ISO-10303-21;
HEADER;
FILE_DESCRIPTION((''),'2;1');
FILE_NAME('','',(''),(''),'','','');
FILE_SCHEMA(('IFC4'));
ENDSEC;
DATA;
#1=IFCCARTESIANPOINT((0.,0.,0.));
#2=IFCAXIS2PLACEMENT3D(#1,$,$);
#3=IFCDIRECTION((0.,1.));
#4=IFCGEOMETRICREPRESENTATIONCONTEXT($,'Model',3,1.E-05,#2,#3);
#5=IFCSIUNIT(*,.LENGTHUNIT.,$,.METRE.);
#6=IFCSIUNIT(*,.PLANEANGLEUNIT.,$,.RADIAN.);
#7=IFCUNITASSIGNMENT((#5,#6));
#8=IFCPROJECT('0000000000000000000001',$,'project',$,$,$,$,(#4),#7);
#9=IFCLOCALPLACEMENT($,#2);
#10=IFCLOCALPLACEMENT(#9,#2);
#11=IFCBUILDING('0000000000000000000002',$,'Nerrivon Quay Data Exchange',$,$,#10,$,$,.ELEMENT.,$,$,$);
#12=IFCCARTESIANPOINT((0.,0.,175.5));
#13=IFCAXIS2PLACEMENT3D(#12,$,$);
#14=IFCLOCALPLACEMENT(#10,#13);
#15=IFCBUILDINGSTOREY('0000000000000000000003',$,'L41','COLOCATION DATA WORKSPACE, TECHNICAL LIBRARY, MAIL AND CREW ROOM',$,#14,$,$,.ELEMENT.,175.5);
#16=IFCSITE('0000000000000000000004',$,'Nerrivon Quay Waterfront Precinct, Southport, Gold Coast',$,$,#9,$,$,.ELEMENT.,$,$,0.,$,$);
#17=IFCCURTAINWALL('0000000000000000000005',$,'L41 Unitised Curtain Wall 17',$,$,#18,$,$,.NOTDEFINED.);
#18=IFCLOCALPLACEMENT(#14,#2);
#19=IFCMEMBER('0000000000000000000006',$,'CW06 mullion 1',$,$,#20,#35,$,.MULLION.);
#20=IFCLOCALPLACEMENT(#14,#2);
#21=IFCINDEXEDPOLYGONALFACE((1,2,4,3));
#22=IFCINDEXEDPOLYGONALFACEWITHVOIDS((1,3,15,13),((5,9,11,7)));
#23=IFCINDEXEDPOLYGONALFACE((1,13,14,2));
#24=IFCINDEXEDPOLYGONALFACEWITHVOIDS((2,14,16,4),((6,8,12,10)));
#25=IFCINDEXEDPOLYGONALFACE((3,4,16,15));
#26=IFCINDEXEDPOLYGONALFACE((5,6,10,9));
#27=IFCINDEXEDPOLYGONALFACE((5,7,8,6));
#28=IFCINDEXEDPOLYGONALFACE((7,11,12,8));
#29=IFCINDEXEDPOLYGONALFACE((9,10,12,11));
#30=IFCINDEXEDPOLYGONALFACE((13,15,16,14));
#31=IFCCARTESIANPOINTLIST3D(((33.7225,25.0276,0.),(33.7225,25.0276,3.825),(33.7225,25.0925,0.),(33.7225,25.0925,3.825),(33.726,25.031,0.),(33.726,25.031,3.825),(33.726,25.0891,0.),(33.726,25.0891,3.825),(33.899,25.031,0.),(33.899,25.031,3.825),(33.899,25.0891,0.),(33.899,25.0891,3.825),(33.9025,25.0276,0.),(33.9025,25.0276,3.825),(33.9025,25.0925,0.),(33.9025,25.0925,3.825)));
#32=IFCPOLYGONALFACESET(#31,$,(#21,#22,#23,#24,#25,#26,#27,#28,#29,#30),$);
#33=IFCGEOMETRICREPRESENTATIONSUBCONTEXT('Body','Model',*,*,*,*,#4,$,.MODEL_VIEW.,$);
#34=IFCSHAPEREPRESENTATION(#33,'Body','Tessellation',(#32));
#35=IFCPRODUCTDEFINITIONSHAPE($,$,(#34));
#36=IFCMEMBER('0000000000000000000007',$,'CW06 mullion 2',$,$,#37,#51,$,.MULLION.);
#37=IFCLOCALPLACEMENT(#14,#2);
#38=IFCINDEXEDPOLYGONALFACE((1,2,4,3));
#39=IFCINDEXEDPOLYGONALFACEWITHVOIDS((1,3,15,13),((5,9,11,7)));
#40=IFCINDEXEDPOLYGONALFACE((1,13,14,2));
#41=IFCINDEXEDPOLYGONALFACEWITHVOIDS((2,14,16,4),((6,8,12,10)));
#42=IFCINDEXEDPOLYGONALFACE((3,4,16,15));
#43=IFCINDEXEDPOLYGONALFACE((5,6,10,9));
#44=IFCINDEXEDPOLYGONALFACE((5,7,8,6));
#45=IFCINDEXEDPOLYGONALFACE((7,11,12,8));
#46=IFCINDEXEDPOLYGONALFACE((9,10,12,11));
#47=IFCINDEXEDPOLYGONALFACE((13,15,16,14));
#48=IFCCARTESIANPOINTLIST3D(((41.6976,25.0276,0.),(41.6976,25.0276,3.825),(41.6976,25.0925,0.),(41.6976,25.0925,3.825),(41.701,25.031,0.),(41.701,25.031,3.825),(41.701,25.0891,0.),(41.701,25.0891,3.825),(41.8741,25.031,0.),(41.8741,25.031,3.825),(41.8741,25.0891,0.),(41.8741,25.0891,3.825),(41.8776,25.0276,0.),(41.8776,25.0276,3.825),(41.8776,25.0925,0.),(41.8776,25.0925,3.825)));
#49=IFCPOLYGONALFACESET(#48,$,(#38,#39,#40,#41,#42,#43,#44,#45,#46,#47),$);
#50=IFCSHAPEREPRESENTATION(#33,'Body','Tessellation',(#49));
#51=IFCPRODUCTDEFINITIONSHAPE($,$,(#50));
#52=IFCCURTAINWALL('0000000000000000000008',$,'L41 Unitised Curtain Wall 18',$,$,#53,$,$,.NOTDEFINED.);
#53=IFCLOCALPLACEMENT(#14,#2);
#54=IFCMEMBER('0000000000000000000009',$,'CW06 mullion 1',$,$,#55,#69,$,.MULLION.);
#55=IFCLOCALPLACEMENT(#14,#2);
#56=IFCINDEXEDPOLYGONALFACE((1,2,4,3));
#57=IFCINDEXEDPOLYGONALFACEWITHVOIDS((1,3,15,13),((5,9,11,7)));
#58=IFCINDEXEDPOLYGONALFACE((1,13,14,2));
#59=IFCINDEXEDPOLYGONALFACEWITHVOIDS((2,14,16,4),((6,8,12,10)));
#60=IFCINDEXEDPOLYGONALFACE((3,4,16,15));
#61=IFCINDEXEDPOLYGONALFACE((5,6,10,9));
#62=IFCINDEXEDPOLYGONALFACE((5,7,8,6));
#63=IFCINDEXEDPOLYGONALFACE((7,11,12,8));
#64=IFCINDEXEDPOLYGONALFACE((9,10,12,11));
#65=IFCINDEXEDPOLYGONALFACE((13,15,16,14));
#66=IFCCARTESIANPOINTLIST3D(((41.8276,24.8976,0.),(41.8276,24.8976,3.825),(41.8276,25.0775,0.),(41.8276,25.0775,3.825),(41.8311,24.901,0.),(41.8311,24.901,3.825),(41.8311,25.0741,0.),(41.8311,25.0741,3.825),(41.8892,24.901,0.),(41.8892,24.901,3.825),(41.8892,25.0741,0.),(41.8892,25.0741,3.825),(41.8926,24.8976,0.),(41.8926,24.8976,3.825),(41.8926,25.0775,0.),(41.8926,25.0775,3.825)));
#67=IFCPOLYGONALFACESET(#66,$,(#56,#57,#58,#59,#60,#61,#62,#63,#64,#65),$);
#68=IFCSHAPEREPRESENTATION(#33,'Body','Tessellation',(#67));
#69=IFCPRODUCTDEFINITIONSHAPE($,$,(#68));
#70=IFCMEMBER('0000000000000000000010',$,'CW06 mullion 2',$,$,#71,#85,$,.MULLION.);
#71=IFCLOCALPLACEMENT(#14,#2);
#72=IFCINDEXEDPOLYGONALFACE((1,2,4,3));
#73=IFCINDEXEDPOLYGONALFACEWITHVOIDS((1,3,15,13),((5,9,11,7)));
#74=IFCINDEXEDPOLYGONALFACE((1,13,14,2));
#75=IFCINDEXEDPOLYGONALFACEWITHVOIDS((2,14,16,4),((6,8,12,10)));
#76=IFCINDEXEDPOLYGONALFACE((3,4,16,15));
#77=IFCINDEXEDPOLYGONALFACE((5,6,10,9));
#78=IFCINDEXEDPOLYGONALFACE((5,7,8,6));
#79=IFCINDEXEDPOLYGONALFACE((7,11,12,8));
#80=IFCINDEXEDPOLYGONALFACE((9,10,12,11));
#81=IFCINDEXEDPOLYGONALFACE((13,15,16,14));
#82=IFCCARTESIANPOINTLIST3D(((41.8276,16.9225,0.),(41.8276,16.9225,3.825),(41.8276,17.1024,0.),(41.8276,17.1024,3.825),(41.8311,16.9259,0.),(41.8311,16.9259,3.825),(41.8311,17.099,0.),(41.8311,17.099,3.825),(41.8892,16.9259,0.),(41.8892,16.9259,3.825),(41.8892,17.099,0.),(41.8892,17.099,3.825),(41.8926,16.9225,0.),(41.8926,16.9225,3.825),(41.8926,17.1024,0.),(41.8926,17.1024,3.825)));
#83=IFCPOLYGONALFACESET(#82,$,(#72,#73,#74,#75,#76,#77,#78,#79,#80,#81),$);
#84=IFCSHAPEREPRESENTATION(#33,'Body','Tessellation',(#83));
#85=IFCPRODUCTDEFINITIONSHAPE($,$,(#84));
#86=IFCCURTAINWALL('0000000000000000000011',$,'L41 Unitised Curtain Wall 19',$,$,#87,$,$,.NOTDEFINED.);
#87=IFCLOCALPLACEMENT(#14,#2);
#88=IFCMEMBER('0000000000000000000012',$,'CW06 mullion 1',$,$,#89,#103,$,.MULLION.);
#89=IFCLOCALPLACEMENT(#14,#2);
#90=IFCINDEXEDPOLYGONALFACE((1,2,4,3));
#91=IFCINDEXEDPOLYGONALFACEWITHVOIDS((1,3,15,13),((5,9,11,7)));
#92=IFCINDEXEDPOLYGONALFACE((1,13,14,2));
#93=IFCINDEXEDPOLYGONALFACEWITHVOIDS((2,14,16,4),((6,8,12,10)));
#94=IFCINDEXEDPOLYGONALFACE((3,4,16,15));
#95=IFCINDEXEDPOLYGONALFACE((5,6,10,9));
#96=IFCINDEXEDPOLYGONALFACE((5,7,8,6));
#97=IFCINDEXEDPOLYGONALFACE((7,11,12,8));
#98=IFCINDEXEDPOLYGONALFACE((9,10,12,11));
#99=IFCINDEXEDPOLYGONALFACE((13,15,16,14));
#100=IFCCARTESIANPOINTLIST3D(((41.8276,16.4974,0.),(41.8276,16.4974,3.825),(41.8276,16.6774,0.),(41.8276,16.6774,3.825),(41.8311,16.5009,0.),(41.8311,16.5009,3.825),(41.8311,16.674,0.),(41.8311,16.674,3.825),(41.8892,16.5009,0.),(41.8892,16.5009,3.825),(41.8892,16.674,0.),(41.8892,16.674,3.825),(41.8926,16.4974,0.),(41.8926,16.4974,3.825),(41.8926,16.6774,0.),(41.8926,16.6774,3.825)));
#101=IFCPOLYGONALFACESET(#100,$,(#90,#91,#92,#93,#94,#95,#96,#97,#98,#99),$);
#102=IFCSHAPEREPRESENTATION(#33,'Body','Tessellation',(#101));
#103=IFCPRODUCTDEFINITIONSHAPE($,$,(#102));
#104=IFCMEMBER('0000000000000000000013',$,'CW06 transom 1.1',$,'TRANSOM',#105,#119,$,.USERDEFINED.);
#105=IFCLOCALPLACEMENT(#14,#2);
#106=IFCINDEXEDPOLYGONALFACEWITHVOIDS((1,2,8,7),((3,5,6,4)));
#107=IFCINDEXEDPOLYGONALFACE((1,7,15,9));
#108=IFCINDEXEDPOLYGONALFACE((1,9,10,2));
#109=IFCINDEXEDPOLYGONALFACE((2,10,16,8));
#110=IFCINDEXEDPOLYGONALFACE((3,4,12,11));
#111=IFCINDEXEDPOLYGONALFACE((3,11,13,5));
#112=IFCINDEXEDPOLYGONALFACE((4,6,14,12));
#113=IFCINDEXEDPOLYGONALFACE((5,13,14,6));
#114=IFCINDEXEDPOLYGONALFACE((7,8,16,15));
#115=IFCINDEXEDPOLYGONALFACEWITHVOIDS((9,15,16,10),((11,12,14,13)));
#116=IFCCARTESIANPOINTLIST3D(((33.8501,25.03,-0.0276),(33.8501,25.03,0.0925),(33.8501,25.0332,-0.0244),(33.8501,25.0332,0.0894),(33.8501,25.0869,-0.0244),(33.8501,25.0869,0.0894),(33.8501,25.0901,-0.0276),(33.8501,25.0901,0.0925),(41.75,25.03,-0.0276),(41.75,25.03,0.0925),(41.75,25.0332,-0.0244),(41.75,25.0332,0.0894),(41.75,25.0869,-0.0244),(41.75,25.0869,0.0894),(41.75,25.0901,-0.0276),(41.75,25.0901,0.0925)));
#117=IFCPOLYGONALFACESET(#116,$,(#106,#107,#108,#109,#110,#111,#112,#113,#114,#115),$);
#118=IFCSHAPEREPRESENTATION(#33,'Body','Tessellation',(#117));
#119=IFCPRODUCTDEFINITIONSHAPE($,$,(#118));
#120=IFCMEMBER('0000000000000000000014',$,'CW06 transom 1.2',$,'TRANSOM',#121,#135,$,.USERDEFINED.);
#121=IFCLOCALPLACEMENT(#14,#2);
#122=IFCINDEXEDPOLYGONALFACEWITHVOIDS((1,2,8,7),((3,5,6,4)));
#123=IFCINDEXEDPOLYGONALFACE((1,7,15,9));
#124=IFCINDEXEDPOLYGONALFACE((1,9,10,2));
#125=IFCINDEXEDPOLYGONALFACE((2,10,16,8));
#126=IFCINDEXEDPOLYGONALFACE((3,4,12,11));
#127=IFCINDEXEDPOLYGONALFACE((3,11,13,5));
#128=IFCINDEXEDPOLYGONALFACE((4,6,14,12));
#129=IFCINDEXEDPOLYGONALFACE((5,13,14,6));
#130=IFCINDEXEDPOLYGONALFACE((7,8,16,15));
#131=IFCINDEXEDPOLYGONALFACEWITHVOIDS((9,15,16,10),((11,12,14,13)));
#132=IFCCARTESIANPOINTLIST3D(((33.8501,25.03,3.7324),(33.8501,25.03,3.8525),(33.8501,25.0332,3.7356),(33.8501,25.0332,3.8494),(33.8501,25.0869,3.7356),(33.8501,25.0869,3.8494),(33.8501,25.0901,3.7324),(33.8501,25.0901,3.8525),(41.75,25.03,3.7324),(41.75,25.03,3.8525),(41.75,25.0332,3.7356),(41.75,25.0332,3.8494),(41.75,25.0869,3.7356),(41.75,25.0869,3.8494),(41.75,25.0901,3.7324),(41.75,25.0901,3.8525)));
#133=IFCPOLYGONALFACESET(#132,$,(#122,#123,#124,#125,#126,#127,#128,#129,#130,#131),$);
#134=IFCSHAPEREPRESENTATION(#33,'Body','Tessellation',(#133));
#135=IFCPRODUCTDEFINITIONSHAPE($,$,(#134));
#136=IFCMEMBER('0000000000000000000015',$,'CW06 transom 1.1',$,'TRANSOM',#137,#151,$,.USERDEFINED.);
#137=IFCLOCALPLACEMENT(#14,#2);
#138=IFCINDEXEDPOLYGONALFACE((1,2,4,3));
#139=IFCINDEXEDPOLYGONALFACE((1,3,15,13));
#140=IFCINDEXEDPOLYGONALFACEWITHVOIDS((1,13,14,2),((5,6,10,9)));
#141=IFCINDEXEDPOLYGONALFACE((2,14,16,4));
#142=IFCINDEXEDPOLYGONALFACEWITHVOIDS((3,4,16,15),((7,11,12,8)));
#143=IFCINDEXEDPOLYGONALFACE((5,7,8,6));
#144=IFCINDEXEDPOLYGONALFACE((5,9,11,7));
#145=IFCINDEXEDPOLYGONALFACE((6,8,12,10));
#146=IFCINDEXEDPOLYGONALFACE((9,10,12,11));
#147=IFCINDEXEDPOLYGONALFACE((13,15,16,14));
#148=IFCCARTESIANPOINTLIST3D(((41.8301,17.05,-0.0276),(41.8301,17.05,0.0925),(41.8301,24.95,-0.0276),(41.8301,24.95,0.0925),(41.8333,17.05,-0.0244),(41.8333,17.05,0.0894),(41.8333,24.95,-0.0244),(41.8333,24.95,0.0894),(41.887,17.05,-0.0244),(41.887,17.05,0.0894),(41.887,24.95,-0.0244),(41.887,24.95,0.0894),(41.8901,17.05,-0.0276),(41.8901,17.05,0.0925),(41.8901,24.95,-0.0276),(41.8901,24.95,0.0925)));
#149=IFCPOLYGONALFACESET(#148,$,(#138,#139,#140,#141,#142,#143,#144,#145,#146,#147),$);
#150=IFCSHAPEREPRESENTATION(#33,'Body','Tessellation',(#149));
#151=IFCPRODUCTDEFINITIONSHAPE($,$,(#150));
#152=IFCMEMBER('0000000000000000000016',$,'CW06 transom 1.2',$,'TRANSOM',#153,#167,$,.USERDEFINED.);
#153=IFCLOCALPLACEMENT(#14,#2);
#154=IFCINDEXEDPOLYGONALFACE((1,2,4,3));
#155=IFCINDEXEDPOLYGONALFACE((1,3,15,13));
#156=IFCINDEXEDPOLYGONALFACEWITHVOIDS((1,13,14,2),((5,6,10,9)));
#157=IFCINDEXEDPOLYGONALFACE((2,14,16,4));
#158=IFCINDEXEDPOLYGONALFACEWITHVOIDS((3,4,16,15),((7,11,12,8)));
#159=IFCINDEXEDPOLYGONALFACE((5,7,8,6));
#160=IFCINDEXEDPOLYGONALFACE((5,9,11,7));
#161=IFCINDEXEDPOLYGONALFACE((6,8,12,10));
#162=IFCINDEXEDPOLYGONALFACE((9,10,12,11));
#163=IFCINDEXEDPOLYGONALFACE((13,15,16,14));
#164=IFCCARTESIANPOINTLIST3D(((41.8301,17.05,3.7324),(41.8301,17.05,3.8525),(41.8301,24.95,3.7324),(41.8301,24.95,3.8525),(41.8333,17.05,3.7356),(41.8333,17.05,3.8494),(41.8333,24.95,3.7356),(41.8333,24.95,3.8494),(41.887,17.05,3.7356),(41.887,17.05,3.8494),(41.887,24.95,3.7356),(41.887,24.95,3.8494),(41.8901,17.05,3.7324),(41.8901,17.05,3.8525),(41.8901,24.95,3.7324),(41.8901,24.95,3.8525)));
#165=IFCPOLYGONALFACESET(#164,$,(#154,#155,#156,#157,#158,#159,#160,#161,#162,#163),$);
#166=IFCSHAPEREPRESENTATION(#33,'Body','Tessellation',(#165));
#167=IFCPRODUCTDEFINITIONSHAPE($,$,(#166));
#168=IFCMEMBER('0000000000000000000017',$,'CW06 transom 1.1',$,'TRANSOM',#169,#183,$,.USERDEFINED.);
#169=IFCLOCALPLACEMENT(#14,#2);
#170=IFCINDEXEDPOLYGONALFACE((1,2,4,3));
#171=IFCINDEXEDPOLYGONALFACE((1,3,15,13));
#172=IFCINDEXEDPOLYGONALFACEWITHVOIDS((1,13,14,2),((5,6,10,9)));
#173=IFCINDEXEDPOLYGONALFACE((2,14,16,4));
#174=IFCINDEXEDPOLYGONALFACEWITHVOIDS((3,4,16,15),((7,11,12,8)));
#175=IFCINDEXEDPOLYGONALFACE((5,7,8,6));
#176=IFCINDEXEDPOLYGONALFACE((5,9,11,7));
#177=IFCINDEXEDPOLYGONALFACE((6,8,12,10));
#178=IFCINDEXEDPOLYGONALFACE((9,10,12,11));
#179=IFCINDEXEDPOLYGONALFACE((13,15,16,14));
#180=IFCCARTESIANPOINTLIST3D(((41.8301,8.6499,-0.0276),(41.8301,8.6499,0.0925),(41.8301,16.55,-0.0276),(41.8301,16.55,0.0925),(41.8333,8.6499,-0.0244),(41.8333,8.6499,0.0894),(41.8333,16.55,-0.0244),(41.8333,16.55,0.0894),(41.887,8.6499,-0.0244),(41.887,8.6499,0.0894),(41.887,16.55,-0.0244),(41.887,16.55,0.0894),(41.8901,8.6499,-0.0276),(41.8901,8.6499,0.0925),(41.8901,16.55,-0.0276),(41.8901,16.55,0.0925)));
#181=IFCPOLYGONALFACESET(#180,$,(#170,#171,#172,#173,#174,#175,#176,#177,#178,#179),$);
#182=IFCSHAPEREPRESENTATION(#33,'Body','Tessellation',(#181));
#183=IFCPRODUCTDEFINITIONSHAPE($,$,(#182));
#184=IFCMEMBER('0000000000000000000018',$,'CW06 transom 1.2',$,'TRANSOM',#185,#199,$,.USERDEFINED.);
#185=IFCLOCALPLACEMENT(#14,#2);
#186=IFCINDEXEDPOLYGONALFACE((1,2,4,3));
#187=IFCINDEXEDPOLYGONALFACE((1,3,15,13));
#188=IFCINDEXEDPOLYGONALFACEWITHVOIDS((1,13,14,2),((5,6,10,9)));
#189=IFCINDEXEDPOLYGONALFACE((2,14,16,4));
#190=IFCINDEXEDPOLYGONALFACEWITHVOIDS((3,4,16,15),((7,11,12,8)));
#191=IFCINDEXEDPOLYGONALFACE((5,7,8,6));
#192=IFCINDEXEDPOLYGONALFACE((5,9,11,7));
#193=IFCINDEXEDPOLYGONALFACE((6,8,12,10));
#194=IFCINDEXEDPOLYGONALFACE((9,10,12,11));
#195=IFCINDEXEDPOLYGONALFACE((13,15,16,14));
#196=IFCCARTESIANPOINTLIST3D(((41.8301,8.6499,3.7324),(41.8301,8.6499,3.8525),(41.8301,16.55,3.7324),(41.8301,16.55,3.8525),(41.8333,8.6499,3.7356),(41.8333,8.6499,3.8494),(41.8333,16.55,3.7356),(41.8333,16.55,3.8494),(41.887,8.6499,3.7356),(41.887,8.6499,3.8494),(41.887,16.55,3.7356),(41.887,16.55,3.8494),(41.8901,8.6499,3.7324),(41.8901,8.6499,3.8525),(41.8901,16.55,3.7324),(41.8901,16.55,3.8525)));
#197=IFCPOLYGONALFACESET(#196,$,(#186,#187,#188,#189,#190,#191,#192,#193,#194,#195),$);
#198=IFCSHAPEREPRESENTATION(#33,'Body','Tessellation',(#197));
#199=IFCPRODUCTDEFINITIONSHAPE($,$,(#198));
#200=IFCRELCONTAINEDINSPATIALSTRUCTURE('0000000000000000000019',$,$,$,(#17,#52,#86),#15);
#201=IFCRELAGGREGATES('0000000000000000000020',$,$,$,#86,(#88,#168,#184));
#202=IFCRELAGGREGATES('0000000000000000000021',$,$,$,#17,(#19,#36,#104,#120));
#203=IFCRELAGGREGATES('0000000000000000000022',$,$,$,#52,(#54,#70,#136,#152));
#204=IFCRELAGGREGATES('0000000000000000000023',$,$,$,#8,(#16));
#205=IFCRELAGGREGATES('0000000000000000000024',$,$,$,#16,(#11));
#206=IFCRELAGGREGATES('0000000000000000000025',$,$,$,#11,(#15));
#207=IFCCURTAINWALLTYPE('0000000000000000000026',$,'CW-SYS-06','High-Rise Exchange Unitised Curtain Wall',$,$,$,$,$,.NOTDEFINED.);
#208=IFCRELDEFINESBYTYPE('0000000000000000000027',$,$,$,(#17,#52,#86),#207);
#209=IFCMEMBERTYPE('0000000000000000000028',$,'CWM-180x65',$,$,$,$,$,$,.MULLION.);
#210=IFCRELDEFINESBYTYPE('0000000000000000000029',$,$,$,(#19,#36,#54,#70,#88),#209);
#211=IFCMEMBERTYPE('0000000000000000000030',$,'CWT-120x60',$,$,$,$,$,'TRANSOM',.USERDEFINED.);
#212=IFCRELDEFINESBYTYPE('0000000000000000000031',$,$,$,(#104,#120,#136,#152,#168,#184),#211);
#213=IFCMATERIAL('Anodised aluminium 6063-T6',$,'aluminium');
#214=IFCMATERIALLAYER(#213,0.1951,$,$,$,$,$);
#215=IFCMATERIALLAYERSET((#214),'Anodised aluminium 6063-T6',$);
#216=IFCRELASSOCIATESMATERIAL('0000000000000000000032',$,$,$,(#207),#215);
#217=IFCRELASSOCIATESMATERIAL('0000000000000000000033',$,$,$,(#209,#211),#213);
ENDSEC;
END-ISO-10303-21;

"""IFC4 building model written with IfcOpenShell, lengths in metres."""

from ifc_helpers import new_model, si_unit, direction, frame, origin, origin_2d, place, context, subcontext, project, spatial, hollow_rectangle, extrude, material, layer, layer_set, material_profile, profile_set, type_object, element, aggregate, save


model = new_model("IFC4")

# Units and contexts
model_context = context("Model", 3, precision=1e-05, world=origin(), true_north=direction((0.0, 1.0)))
body_context = subcontext(model_context, "Body", "Model", "MODEL_VIEW")
ifc_project = project(units=[si_unit("LENGTHUNIT", "METRE"), si_unit("PLANEANGLEUNIT", "RADIAN")], contexts=[model_context])

# Site, building, storey
site_placement = place(None, origin())
site = spatial("IfcSite", under=ifc_project, at=site_placement, Name="Nerrivon Quay Waterfront Precinct, Southport, Gold Coast", CompositionType="ELEMENT", RefElevation=0.0)
building_placement = place(site_placement, origin())
building = spatial("IfcBuilding", under=site, at=building_placement, Name="Nerrivon Quay Data Exchange", CompositionType="ELEMENT")
storey_placement = place(building_placement, frame((0.0, 0.0, 175.5)))
storey = spatial("IfcBuildingStorey", under=building, at=storey_placement, Name="L41", Description="COLOCATION DATA WORKSPACE, TECHNICAL LIBRARY, MAIL AND CREW ROOM", CompositionType="ELEMENT", Elevation=175.5)

# Curtain walls, members
ifc_material_1 = material(Name="Anodised aluminium 6063-T6", Category="aluminium")
ifc_layer_1 = layer(ifc_material_1, 0.1951)
ifc_layer_set_1 = layer_set([ifc_layer_1], Name="Anodised aluminium 6063-T6")
curtain_wall_type = type_object("IfcCurtainWallType", Name="CW-SYS-06", Description="High-Rise Exchange Unitised Curtain Wall", PredefinedType="NOTDEFINED", material=ifc_layer_set_1)
curtain_wall_1_placement = place(storey_placement, origin())
curtain_wall_1 = element("IfcCurtainWall", 1, at=curtain_wall_1_placement, inside=storey, type_object=curtain_wall_type, Name="L41 Unitised Curtain Wall 17", PredefinedType="NOTDEFINED")
ifc_material_profile_1 = material_profile(ifc_material_1, hollow_rectangle(XDim=0.0649, YDim=0.1799, WallThickness=0.0034, at=origin_2d()), Name="ALU-MULL-180x65")
ifc_profile_set_1 = profile_set([ifc_material_profile_1], Name="Anodised aluminium 6063-T6")
member_type_1 = type_object("IfcMemberType", Name="CWM-180x65", PredefinedType="MULLION", material=ifc_profile_set_1)
member_1_placement = place(storey_placement, frame((33.8125, 25.0601, 0.0), z_axis=(0.0, 0.0, 1.0), x_axis=(0.0, 1.0, 0.0)))
member_1 = element("IfcMember", 2, at=member_1_placement, type_object=member_type_1, Name="CW06 mullion 1", PredefinedType="MULLION", context=body_context, shape_type="SweptSolid", body=[
    extrude(hollow_rectangle(XDim=0.0649, YDim=0.1799, WallThickness=0.0034, at=origin_2d()), origin(), (0.0, 0.0, 1.0), 3.825),
])
member_2_placement = place(storey_placement, frame((41.7876, 25.0601, 0.0), z_axis=(0.0, 0.0, 1.0), x_axis=(0.0, 1.0, 0.0)))
member_2 = element("IfcMember", 3, at=member_2_placement, type_object=member_type_1, Name="CW06 mullion 2", PredefinedType="MULLION", context=body_context, shape_type="SweptSolid", body=[
    extrude(hollow_rectangle(XDim=0.0649, YDim=0.1799, WallThickness=0.0034, at=origin_2d()), origin(), (0.0, 0.0, 1.0), 3.825),
])
curtain_wall_2_placement = place(storey_placement, origin())
curtain_wall_2 = element("IfcCurtainWall", 4, at=curtain_wall_2_placement, inside=storey, type_object=curtain_wall_type, Name="L41 Unitised Curtain Wall 18", PredefinedType="NOTDEFINED")
member_3_placement = place(storey_placement, frame((41.8601, 24.9875, 0.0), z_axis=(0.0, 0.0, 1.0), x_axis=(1.0, 0.0, 0.0)))
member_3 = element("IfcMember", 5, at=member_3_placement, type_object=member_type_1, Name="CW06 mullion 1", PredefinedType="MULLION", context=body_context, shape_type="SweptSolid", body=[
    extrude(hollow_rectangle(XDim=0.0649, YDim=0.1799, WallThickness=0.0034, at=origin_2d()), origin(), (0.0, 0.0, 1.0), 3.825),
])
member_4_placement = place(storey_placement, frame((41.8601, 17.0125, 0.0), z_axis=(0.0, 0.0, 1.0), x_axis=(1.0, 0.0, 0.0)))
member_4 = element("IfcMember", 6, at=member_4_placement, type_object=member_type_1, Name="CW06 mullion 2", PredefinedType="MULLION", context=body_context, shape_type="SweptSolid", body=[
    extrude(hollow_rectangle(XDim=0.0649, YDim=0.1799, WallThickness=0.0034, at=origin_2d()), origin(), (0.0, 0.0, 1.0), 3.825),
])

# Curtain wall, member
curtain_wall_3_placement = place(storey_placement, origin())
curtain_wall_3 = element("IfcCurtainWall", 7, at=curtain_wall_3_placement, inside=storey, type_object=curtain_wall_type, Name="L41 Unitised Curtain Wall 19", PredefinedType="NOTDEFINED")
member_5_placement = place(storey_placement, frame((41.8601, 16.5874, 0.0), z_axis=(0.0, 0.0, 1.0), x_axis=(1.0, 0.0, 0.0)))
member_5 = element("IfcMember", 8, at=member_5_placement, type_object=member_type_1, Name="CW06 mullion 1", PredefinedType="MULLION", context=body_context, shape_type="SweptSolid", body=[
    extrude(hollow_rectangle(XDim=0.0649, YDim=0.1799, WallThickness=0.0034, at=origin_2d()), origin(), (0.0, 0.0, 1.0), 3.825),
])

# Members
ifc_material_profile_2 = material_profile(ifc_material_1, hollow_rectangle(XDim=0.0601, YDim=0.1201, WallThickness=0.0032, at=origin_2d()), Name="ALU-TRAN-120x60")
ifc_profile_set_2 = profile_set([ifc_material_profile_2], Name="Anodised aluminium 6063-T6")
member_type_2 = type_object("IfcMemberType", Name="CWT-120x60", ElementType="TRANSOM", PredefinedType="USERDEFINED", material=ifc_profile_set_2)
member_6_placement = place(storey_placement, frame((33.8501, 25.0601, 0.0325), z_axis=(1.0, 0.0, 0.0), x_axis=(0.0, 1.0, 0.0)))
member_6 = element("IfcMember", 9, at=member_6_placement, type_object=member_type_2, Name="CW06 transom 1.1", ObjectType="TRANSOM", PredefinedType="USERDEFINED", context=body_context, shape_type="SweptSolid", body=[
    extrude(hollow_rectangle(XDim=0.0601, YDim=0.1201, WallThickness=0.0032, at=origin_2d()), origin(), (0.0, 0.0, 1.0), 7.8999),
])
member_7_placement = place(storey_placement, frame((33.8501, 25.0601, 3.7925), z_axis=(1.0, 0.0, 0.0), x_axis=(0.0, 1.0, 0.0)))
member_7 = element("IfcMember", 10, at=member_7_placement, type_object=member_type_2, Name="CW06 transom 1.2", ObjectType="TRANSOM", PredefinedType="USERDEFINED", context=body_context, shape_type="SweptSolid", body=[
    extrude(hollow_rectangle(XDim=0.0601, YDim=0.1201, WallThickness=0.0032, at=origin_2d()), origin(), (0.0, 0.0, 1.0), 7.8999),
])
member_8_placement = place(storey_placement, frame((41.8601, 24.95, 0.0325), z_axis=(0.0, -1.0, 0.0), x_axis=(1.0, 0.0, 0.0)))
member_8 = element("IfcMember", 11, at=member_8_placement, type_object=member_type_2, Name="CW06 transom 1.1", ObjectType="TRANSOM", PredefinedType="USERDEFINED", context=body_context, shape_type="SweptSolid", body=[
    extrude(hollow_rectangle(XDim=0.0601, YDim=0.1201, WallThickness=0.0032, at=origin_2d()), origin(), (0.0, 0.0, 1.0), 7.8999),
])
member_9_placement = place(storey_placement, frame((41.8601, 24.95, 3.7925), z_axis=(0.0, -1.0, 0.0), x_axis=(1.0, 0.0, 0.0)))
member_9 = element("IfcMember", 12, at=member_9_placement, type_object=member_type_2, Name="CW06 transom 1.2", ObjectType="TRANSOM", PredefinedType="USERDEFINED", context=body_context, shape_type="SweptSolid", body=[
    extrude(hollow_rectangle(XDim=0.0601, YDim=0.1201, WallThickness=0.0032, at=origin_2d()), origin(), (0.0, 0.0, 1.0), 7.8999),
])
member_10_placement = place(storey_placement, frame((41.8601, 16.55, 0.0325), z_axis=(0.0, -1.0, 0.0), x_axis=(1.0, 0.0, 0.0)))
member_10 = element("IfcMember", 13, at=member_10_placement, type_object=member_type_2, Name="CW06 transom 1.1", ObjectType="TRANSOM", PredefinedType="USERDEFINED", context=body_context, shape_type="SweptSolid", body=[
    extrude(hollow_rectangle(XDim=0.0601, YDim=0.1201, WallThickness=0.0032, at=origin_2d()), origin(), (0.0, 0.0, 1.0), 7.9001),
])
member_11_placement = place(storey_placement, frame((41.8601, 16.55, 3.7925), z_axis=(0.0, -1.0, 0.0), x_axis=(1.0, 0.0, 0.0)))
member_11 = element("IfcMember", 14, at=member_11_placement, type_object=member_type_2, Name="CW06 transom 1.2", ObjectType="TRANSOM", PredefinedType="USERDEFINED", context=body_context, shape_type="SweptSolid", body=[
    extrude(hollow_rectangle(XDim=0.0601, YDim=0.1201, WallThickness=0.0032, at=origin_2d()), origin(), (0.0, 0.0, 1.0), 7.9001),
])
aggregate(curtain_wall_3, [member_5, member_10, member_11])

aggregate(curtain_wall_1, [member_1, member_2, member_6, member_7])
aggregate(curtain_wall_2, [member_3, member_4, member_8, member_9])

save(model, "model.ifc")
